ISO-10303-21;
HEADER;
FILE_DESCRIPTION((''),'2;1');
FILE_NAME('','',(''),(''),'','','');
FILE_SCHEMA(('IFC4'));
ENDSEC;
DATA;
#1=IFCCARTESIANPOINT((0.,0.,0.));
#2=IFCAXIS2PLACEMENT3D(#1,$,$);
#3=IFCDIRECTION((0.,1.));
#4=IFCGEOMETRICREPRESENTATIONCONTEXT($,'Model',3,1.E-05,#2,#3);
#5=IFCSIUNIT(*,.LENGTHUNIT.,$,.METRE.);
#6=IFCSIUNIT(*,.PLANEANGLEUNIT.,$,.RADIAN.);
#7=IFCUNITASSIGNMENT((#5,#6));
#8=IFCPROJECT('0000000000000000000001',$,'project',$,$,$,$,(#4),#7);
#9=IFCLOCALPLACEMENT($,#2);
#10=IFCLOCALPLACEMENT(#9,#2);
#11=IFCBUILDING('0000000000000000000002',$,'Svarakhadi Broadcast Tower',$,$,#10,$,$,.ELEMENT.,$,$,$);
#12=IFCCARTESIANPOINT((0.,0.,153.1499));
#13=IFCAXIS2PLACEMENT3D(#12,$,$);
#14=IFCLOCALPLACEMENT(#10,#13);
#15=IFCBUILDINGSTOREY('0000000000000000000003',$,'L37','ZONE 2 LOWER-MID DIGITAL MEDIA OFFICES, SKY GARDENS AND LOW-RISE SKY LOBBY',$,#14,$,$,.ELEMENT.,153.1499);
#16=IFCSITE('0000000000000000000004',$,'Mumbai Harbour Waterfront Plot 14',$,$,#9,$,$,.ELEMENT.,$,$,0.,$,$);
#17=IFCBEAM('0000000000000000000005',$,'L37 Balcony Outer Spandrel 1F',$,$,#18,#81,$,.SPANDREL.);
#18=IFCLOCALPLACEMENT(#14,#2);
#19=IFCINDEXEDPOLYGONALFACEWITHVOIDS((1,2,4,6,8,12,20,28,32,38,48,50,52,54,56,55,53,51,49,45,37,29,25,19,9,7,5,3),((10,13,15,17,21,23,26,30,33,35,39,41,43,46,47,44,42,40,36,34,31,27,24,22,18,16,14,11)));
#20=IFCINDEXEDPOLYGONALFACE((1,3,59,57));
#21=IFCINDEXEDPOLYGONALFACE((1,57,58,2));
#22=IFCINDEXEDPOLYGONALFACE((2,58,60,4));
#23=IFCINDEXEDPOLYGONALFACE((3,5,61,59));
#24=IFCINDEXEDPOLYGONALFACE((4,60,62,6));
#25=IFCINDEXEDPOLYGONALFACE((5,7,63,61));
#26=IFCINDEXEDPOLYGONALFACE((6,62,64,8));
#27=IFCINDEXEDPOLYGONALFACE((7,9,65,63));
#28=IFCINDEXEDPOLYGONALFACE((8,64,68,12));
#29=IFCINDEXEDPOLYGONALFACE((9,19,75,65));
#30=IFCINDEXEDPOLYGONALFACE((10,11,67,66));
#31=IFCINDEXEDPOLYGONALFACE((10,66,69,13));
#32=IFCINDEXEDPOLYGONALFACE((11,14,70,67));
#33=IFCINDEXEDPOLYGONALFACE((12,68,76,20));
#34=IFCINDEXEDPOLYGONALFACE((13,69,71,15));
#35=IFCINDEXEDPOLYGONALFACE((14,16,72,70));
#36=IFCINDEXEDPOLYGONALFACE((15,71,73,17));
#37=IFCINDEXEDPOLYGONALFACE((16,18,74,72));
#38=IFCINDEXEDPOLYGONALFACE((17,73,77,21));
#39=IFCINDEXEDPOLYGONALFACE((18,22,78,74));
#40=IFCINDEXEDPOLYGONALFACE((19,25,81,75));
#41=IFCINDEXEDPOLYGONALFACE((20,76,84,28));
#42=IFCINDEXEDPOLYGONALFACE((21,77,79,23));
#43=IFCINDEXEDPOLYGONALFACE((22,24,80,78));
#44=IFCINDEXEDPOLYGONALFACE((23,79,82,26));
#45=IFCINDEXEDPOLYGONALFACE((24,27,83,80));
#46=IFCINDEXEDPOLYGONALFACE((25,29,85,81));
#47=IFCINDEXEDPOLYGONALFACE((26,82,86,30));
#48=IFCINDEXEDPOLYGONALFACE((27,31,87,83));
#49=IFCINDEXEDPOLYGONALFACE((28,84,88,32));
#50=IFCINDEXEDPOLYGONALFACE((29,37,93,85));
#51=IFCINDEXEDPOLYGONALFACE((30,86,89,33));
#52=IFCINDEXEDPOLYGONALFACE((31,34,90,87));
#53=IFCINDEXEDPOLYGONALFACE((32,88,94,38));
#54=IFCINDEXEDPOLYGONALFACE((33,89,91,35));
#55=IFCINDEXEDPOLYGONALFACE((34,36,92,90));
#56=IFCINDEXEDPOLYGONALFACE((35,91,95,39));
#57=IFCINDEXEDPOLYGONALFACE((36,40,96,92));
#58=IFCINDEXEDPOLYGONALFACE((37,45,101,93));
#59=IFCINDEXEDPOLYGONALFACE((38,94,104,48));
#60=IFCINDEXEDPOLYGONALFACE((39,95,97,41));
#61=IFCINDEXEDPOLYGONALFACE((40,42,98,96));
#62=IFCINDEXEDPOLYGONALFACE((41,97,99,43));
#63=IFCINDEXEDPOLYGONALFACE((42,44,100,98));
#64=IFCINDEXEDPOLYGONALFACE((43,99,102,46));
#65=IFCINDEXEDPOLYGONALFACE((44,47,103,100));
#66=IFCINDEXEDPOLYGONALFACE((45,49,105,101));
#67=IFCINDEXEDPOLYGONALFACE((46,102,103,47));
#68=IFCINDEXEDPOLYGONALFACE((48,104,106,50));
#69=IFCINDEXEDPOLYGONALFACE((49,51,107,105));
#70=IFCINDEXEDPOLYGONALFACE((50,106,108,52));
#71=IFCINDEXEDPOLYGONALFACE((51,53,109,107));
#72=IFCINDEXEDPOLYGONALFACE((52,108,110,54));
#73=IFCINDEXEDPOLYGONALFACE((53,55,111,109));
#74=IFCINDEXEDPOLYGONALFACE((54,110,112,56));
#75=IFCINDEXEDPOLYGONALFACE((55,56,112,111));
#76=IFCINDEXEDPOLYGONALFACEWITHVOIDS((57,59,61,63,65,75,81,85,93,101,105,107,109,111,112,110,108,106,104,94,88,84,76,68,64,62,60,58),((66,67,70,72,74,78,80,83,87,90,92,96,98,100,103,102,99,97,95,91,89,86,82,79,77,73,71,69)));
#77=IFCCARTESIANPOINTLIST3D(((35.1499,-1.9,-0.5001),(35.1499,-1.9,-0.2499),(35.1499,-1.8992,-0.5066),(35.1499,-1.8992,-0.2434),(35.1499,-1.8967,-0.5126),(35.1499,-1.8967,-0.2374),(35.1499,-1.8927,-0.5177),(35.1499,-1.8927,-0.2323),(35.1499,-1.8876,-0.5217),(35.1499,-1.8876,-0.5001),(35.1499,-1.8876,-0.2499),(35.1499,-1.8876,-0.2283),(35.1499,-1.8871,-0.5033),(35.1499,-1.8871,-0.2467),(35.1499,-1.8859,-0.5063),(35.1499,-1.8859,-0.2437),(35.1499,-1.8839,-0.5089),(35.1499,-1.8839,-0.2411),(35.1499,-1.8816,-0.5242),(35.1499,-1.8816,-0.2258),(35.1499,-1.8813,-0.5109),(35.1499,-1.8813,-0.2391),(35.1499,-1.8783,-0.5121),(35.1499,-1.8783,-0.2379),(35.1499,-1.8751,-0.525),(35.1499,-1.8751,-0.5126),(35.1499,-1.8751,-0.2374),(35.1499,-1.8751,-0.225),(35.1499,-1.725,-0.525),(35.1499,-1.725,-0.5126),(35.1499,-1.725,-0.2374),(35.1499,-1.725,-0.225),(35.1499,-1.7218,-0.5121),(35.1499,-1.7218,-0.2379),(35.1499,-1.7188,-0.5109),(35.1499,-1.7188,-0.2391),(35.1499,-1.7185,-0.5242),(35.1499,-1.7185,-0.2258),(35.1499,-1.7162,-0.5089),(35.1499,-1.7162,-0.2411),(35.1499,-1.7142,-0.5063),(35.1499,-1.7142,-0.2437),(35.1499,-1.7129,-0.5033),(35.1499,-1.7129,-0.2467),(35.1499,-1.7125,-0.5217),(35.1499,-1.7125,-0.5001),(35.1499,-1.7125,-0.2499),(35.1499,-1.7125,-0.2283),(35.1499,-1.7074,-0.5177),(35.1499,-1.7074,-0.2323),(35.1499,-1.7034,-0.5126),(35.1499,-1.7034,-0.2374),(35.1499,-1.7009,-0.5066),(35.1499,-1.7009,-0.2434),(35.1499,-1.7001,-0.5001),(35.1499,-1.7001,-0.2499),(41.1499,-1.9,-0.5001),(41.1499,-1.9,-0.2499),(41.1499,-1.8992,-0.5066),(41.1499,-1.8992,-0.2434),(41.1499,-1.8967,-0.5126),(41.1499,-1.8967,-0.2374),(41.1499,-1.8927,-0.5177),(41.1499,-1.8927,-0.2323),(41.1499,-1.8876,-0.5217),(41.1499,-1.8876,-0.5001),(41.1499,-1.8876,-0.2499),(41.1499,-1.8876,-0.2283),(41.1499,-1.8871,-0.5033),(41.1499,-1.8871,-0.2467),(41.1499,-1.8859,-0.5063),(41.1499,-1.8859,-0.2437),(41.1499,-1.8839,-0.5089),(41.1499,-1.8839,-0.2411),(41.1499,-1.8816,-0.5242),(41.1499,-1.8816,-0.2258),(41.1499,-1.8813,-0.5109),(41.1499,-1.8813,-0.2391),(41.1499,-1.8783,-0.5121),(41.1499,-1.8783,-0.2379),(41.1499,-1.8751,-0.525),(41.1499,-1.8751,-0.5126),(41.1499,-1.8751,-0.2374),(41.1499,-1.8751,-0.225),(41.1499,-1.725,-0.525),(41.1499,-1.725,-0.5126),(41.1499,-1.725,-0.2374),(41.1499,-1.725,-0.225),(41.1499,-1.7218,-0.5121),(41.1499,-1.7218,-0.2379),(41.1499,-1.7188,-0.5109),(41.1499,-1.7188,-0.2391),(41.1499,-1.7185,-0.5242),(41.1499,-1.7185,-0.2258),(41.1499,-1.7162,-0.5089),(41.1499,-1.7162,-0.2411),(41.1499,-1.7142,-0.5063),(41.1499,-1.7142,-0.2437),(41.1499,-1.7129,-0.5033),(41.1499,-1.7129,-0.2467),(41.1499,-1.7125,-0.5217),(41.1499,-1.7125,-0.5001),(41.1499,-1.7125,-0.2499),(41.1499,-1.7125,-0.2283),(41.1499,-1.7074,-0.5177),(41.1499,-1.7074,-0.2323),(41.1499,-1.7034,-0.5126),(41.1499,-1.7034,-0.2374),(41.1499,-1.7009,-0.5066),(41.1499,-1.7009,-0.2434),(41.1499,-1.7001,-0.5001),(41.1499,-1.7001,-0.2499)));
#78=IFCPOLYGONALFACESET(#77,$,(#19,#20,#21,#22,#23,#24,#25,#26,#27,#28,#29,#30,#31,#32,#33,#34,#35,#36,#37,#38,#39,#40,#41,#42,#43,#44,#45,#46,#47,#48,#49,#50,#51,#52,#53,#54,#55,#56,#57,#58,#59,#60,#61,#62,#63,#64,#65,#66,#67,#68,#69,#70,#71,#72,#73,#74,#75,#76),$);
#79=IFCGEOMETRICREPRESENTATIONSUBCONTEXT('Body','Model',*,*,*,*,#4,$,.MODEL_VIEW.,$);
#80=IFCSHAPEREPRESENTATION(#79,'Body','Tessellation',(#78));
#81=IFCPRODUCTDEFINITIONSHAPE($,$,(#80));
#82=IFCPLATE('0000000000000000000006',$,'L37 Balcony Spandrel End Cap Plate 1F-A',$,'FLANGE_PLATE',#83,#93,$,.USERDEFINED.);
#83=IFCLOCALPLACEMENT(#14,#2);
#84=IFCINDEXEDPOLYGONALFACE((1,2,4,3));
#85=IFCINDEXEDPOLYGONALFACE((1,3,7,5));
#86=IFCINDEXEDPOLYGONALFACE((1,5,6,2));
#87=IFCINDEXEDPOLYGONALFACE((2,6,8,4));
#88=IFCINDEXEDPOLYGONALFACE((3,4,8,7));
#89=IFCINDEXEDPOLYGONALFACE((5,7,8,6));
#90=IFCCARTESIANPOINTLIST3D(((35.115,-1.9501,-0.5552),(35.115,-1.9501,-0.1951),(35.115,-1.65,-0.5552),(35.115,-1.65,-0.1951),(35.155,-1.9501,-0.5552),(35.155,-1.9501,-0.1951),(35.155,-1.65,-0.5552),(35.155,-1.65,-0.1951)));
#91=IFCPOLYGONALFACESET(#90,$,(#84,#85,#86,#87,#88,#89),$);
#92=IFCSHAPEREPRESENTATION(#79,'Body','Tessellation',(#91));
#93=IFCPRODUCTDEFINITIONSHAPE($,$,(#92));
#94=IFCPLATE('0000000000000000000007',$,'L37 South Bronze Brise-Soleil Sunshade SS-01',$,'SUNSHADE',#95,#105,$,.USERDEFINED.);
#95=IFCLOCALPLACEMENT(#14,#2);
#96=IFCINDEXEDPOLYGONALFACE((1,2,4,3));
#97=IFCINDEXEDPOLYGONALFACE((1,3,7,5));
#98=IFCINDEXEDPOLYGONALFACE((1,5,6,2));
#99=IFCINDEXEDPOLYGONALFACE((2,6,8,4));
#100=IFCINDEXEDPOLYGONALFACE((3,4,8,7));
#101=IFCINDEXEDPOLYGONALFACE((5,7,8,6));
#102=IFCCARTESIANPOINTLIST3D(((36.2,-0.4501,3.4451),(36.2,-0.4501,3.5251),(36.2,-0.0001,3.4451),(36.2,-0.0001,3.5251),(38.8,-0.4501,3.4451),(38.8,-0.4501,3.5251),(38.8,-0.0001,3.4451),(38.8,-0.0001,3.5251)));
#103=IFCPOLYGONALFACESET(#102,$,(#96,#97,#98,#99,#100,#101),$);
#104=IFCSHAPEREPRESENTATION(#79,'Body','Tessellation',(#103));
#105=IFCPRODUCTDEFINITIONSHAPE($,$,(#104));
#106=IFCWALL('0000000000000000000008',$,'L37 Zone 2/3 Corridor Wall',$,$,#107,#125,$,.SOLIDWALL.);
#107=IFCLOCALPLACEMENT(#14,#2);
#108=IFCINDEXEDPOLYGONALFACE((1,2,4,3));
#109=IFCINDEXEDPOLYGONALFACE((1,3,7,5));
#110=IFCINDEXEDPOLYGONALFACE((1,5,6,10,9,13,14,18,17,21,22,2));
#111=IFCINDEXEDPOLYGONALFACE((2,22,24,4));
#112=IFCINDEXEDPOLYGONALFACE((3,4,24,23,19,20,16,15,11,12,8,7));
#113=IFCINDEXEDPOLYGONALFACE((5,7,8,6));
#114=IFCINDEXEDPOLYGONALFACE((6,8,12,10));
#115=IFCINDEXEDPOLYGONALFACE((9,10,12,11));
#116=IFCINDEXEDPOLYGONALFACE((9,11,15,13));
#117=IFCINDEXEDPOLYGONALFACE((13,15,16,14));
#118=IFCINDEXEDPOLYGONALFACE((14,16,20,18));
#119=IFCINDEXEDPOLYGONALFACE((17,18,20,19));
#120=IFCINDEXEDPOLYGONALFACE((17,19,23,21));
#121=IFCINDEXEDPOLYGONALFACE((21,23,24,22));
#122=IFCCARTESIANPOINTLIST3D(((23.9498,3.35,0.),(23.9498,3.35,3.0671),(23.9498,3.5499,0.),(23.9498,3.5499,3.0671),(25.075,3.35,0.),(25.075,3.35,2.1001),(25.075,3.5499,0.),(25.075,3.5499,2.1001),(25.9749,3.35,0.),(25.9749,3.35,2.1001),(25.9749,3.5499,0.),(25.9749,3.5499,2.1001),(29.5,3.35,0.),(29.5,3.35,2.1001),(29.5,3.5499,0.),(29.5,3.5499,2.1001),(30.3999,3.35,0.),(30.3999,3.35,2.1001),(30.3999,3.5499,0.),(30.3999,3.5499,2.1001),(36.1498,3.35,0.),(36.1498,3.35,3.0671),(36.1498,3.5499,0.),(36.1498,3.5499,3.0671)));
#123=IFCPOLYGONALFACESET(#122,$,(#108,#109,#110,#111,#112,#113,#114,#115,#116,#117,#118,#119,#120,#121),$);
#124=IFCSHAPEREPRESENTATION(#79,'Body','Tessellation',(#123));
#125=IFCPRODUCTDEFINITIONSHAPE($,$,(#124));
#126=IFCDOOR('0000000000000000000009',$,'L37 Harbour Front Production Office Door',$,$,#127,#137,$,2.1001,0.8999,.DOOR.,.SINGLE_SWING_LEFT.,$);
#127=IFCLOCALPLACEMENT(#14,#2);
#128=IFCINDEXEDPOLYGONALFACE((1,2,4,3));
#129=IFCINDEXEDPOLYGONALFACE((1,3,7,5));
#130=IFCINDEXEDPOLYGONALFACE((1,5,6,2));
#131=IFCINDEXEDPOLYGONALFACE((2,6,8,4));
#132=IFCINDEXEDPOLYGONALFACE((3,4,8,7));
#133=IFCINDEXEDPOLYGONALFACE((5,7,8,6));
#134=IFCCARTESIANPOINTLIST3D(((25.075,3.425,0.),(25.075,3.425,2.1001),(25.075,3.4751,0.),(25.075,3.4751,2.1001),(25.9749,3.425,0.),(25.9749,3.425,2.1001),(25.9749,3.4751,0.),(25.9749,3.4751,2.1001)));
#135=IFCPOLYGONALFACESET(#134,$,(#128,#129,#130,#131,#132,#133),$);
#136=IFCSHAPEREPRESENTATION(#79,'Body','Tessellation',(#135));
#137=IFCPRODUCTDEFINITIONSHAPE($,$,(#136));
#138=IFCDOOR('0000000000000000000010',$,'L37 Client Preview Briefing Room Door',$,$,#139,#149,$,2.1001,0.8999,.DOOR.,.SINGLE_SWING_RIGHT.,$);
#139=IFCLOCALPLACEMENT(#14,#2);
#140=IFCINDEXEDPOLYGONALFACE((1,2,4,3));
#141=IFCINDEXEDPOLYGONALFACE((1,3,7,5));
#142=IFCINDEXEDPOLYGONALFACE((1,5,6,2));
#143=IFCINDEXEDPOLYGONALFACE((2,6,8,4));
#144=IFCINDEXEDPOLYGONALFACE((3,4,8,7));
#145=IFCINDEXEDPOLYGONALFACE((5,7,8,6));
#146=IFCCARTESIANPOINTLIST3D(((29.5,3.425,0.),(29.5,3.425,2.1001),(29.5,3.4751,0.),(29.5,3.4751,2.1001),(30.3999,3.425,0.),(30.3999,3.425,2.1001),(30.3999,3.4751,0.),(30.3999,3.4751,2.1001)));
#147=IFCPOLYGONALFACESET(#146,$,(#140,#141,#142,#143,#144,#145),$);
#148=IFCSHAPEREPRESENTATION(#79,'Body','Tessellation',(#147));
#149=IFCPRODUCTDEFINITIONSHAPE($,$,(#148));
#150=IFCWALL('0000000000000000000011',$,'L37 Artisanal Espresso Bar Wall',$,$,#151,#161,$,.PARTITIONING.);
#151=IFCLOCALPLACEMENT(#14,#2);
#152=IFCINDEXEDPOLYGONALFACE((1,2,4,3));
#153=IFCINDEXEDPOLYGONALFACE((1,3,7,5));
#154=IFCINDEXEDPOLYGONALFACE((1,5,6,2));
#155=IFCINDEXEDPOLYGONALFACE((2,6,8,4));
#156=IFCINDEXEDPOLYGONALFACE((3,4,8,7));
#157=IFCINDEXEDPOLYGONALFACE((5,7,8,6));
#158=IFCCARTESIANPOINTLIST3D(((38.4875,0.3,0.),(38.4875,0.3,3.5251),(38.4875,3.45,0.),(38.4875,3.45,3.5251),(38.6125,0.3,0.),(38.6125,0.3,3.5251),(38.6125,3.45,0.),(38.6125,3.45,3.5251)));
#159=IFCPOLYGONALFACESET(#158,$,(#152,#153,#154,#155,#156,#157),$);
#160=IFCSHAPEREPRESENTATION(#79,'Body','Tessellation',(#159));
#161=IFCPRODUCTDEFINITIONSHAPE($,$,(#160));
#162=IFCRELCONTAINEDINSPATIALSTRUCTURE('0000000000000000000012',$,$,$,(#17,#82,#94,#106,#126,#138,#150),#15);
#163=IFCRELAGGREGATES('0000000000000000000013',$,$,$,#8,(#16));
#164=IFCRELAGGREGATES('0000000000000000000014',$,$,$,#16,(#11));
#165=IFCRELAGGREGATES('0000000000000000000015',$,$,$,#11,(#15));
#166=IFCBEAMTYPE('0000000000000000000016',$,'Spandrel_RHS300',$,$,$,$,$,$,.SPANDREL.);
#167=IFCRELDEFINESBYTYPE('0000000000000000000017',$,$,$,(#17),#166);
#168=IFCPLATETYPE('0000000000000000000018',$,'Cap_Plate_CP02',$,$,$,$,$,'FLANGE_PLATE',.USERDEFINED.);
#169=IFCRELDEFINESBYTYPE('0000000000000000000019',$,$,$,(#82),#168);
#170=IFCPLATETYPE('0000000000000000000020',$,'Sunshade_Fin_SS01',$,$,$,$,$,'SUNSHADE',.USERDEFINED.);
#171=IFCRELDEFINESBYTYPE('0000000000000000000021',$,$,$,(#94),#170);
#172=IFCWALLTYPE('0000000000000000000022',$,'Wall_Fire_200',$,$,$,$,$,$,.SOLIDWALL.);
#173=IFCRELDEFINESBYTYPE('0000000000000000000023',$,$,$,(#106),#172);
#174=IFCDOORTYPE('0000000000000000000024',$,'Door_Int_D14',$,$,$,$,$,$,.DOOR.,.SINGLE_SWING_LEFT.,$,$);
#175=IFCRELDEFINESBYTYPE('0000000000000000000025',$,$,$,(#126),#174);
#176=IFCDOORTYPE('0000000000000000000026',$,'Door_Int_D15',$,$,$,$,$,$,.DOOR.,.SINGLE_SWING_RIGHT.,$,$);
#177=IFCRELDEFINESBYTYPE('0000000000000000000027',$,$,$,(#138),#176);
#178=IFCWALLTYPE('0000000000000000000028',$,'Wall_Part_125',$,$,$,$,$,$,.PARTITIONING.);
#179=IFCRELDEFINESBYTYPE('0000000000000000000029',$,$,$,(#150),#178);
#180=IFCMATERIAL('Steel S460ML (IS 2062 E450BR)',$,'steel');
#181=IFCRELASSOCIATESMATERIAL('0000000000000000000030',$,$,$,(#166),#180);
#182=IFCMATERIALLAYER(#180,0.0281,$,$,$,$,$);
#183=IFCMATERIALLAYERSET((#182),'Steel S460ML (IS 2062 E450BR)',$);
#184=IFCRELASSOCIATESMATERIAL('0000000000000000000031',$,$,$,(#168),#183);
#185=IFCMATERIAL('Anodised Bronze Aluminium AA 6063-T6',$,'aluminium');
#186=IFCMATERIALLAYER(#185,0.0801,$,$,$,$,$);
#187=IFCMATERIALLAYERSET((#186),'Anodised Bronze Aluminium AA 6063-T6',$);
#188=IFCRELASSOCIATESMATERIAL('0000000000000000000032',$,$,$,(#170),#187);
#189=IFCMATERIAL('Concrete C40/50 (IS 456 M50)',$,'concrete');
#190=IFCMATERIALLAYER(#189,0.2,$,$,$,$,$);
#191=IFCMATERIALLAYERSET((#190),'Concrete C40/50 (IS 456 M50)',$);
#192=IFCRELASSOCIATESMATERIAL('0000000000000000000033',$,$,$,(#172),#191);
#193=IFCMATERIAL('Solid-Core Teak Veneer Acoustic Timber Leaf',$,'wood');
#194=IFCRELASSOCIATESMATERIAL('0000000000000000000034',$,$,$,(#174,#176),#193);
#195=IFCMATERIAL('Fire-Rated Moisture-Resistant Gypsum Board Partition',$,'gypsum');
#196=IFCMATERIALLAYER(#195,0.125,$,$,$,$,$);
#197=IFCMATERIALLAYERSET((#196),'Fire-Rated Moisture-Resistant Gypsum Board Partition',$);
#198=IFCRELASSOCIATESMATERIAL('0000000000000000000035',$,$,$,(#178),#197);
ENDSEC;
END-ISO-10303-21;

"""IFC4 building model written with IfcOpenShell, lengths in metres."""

from ifc_helpers import new_model, si_unit, direction, frame, frame_2d, origin, origin_2d, place, context, subcontext, project, spatial, rectangle, hollow_rectangle, extrude, material, layer, layer_set, material_profile, profile_set, type_object, element, fill, save


model = new_model("IFC4")

# Units and contexts
model_context = context("Model", 3, precision=1e-05, world=origin(), true_north=direction((0.0, 1.0)))
body_context = subcontext(model_context, "Body", "Model", "MODEL_VIEW")
ifc_project = project(units=[si_unit("LENGTHUNIT", "METRE"), si_unit("PLANEANGLEUNIT", "RADIAN")], contexts=[model_context])

# Site, building, storey
site_placement = place(None, origin())
site = spatial("IfcSite", under=ifc_project, at=site_placement, Name="Mumbai Harbour Waterfront Plot 14", CompositionType="ELEMENT", RefElevation=0.0)
building_placement = place(site_placement, origin())
building = spatial("IfcBuilding", under=site, at=building_placement, Name="Svarakhadi Broadcast Tower", CompositionType="ELEMENT")
storey_placement = place(building_placement, frame((0.0, 0.0, 153.1499)))
storey = spatial("IfcBuildingStorey", under=building, at=storey_placement, Name="L37", Description="ZONE 2 LOWER-MID DIGITAL MEDIA OFFICES, SKY GARDENS AND LOW-RISE SKY LOBBY", CompositionType="ELEMENT", Elevation=153.1499)

# Shared definitions
ifc_material_1 = material(Name="Steel S460ML (IS 2062 E450BR)", Category="steel")

# Beam
ifc_material_profile_1 = material_profile(ifc_material_1, hollow_rectangle(XDim=0.2, YDim=0.3, WallThickness=0.0125, InnerFilletRadius=0.0125, OuterFilletRadius=0.0249, at=origin_2d()), Name="RHS 300x200x12.5")
ifc_profile_set_1 = profile_set([ifc_material_profile_1], Name="Steel S460ML (IS 2062 E450BR)")
beam_type_1 = type_object("IfcBeamType", Name="Spandrel_RHS300", PredefinedType="SPANDREL", material=ifc_profile_set_1)
beam_1_placement = place(storey_placement, frame((35.1499, -1.8, -0.375), z_axis=(1.0, 0.0, 0.0), x_axis=(0.0, 1.0, 0.0)))
element("IfcBeam", 1, at=beam_1_placement, inside=storey, type_object=beam_type_1, Name="L37 Balcony Outer Spandrel 1F", PredefinedType="SPANDREL", context=body_context, shape_type="SweptSolid", body=[
    extrude(hollow_rectangle(XDim=0.2, YDim=0.3, WallThickness=0.0125, InnerFilletRadius=0.0125, OuterFilletRadius=0.0249, at=origin_2d()), origin(), (0.0, 0.0, 1.0), 6.0),
])

# Plates
ifc_layer_1 = layer(ifc_material_1, 0.0281)
ifc_layer_set_1 = layer_set([ifc_layer_1], Name="Steel S460ML (IS 2062 E450BR)")
plate_type_1 = type_object("IfcPlateType", Name="Cap_Plate_CP02", ElementType="FLANGE_PLATE", PredefinedType="USERDEFINED", material=ifc_layer_set_1)
plate_1_placement = place(storey_placement, frame((35.135, -1.8, -0.5552), z_axis=(0.0, 0.0, 1.0), x_axis=(1.0, 0.0, 0.0)))
element("IfcPlate", 2, at=plate_1_placement, inside=storey, type_object=plate_type_1, Name="L37 Balcony Spandrel End Cap Plate 1F-A", ObjectType="FLANGE_PLATE", PredefinedType="USERDEFINED", context=body_context, shape_type="SweptSolid", body=[
    extrude(rectangle(XDim=0.04, YDim=0.3, at=origin_2d()), origin(), (0.0, 0.0, 1.0), 0.3601),
])
ifc_material_2 = material(Name="Anodised Bronze Aluminium AA 6063-T6", Category="aluminium")
ifc_layer_2 = layer(ifc_material_2, 0.0801)
ifc_layer_set_2 = layer_set([ifc_layer_2], Name="Anodised Bronze Aluminium AA 6063-T6")
plate_type_2 = type_object("IfcPlateType", Name="Sunshade_Fin_SS01", ElementType="SUNSHADE", PredefinedType="USERDEFINED", material=ifc_layer_set_2)
plate_2_placement = place(storey_placement, frame((37.5, -0.2251, 3.4451), z_axis=(0.0, 0.0, 1.0), x_axis=(1.0, 0.0, 0.0)))
element("IfcPlate", 3, at=plate_2_placement, inside=storey, type_object=plate_type_2, Name="L37 South Bronze Brise-Soleil Sunshade SS-01", ObjectType="SUNSHADE", PredefinedType="USERDEFINED", context=body_context, shape_type="SweptSolid", body=[
    extrude(rectangle(XDim=2.6001, YDim=0.45, at=origin_2d()), origin(), (0.0, 0.0, 1.0), 0.0801),
])

# Wall, openings, doors
ifc_material_3 = material(Name="Concrete C40/50 (IS 456 M50)", Category="concrete")
ifc_layer_3 = layer(ifc_material_3, 0.2)
ifc_layer_set_3 = layer_set([ifc_layer_3], Name="Concrete C40/50 (IS 456 M50)")
wall_type_1 = type_object("IfcWallType", Name="Wall_Fire_200", PredefinedType="SOLIDWALL", material=ifc_layer_set_3)
wall_1_placement = place(storey_placement, frame((36.1499, 3.45, 0.0), z_axis=(0.0, 0.0, 1.0), x_axis=(-1.0, 0.0, 0.0)))
wall_1 = element("IfcWall", 4, at=wall_1_placement, inside=storey, type_object=wall_type_1, Name="L37 Zone 2/3 Corridor Wall", PredefinedType="SOLIDWALL", context=body_context, shape_type="SweptSolid", body=[
    extrude(rectangle(XDim=12.2, YDim=0.2, at=frame_2d((6.1001, 0.0))), origin(), (0.0, 0.0, 1.0), 3.0671),
])
opening_1_placement = place(wall_1_placement, frame((10.175, 0.0, 0.0)))
opening_1 = element("IfcOpeningElement", 5, at=opening_1_placement, cuts=wall_1, PredefinedType="OPENING", context=body_context, shape_type="SweptSolid", body=[
    extrude(rectangle(XDim=0.8999, YDim=2.1001, at=frame_2d((0.45, 1.05))), frame((0.0, 0.1099, 0.0), z_axis=(0.0, -1.0, 0.0), x_axis=(1.0, 0.0, 0.0)), (0.0, 0.0, 1.0), 0.22),
])
opening_2_placement = place(wall_1_placement, frame((5.75, 0.0, 0.0)))
opening_2 = element("IfcOpeningElement", 6, at=opening_2_placement, cuts=wall_1, PredefinedType="OPENING", context=body_context, shape_type="SweptSolid", body=[
    extrude(rectangle(XDim=0.8999, YDim=2.1001, at=frame_2d((0.45, 1.05))), frame((0.0, 0.1099, 0.0), z_axis=(0.0, -1.0, 0.0), x_axis=(1.0, 0.0, 0.0)), (0.0, 0.0, 1.0), 0.22),
])
ifc_material_4 = material(Name="Solid-Core Teak Veneer Acoustic Timber Leaf", Category="wood")
door_type_1 = type_object("IfcDoorType", Name="Door_Int_D14", OperationType="SINGLE_SWING_LEFT", PredefinedType="DOOR", material=ifc_material_4)
door_1_placement = place(opening_1_placement, origin())
door_1 = element("IfcDoor", 7, at=door_1_placement, inside=storey, type_object=door_type_1, Name="L37 Harbour Front Production Office Door", OperationType="SINGLE_SWING_LEFT", OverallHeight=2.1001, OverallWidth=0.8999, PredefinedType="DOOR", context=body_context, shape_type="SweptSolid", body=[
    extrude(rectangle(XDim=0.8999, YDim=2.1001, at=frame_2d((0.45, 1.05))), frame((0.0, 0.0249, 0.0), z_axis=(0.0, -1.0, 0.0), x_axis=(1.0, 0.0, 0.0)), (0.0, 0.0, 1.0), 0.05),
])
fill(opening_1, door_1)
door_type_2 = type_object("IfcDoorType", Name="Door_Int_D15", OperationType="SINGLE_SWING_RIGHT", PredefinedType="DOOR", material=ifc_material_4)
door_2_placement = place(opening_2_placement, origin())
door_2 = element("IfcDoor", 8, at=door_2_placement, inside=storey, type_object=door_type_2, Name="L37 Client Preview Briefing Room Door", OperationType="SINGLE_SWING_RIGHT", OverallHeight=2.1001, OverallWidth=0.8999, PredefinedType="DOOR", context=body_context, shape_type="SweptSolid", body=[
    extrude(rectangle(XDim=0.8999, YDim=2.1001, at=frame_2d((0.45, 1.05))), frame((0.0, 0.0249, 0.0), z_axis=(0.0, -1.0, 0.0), x_axis=(1.0, 0.0, 0.0)), (0.0, 0.0, 1.0), 0.05),
])
fill(opening_2, door_2)

# Wall
ifc_material_5 = material(Name="Fire-Rated Moisture-Resistant Gypsum Board Partition", Category="gypsum")
ifc_layer_4 = layer(ifc_material_5, 0.125)
ifc_layer_set_4 = layer_set([ifc_layer_4], Name="Fire-Rated Moisture-Resistant Gypsum Board Partition")
wall_type_2 = type_object("IfcWallType", Name="Wall_Part_125", PredefinedType="PARTITIONING", material=ifc_layer_set_4)
wall_2_placement = place(storey_placement, frame((38.55, 0.3, 0.0), z_axis=(0.0, 0.0, 1.0), x_axis=(0.0, 1.0, 0.0)))
element("IfcWall", 9, at=wall_2_placement, inside=storey, type_object=wall_type_2, Name="L37 Artisanal Espresso Bar Wall", PredefinedType="PARTITIONING", context=body_context, shape_type="SweptSolid", body=[
    extrude(rectangle(XDim=3.1499, YDim=0.125, at=frame_2d((1.575, 0.0))), origin(), (0.0, 0.0, 1.0), 3.5251),
])

save(model, "model.ifc")
